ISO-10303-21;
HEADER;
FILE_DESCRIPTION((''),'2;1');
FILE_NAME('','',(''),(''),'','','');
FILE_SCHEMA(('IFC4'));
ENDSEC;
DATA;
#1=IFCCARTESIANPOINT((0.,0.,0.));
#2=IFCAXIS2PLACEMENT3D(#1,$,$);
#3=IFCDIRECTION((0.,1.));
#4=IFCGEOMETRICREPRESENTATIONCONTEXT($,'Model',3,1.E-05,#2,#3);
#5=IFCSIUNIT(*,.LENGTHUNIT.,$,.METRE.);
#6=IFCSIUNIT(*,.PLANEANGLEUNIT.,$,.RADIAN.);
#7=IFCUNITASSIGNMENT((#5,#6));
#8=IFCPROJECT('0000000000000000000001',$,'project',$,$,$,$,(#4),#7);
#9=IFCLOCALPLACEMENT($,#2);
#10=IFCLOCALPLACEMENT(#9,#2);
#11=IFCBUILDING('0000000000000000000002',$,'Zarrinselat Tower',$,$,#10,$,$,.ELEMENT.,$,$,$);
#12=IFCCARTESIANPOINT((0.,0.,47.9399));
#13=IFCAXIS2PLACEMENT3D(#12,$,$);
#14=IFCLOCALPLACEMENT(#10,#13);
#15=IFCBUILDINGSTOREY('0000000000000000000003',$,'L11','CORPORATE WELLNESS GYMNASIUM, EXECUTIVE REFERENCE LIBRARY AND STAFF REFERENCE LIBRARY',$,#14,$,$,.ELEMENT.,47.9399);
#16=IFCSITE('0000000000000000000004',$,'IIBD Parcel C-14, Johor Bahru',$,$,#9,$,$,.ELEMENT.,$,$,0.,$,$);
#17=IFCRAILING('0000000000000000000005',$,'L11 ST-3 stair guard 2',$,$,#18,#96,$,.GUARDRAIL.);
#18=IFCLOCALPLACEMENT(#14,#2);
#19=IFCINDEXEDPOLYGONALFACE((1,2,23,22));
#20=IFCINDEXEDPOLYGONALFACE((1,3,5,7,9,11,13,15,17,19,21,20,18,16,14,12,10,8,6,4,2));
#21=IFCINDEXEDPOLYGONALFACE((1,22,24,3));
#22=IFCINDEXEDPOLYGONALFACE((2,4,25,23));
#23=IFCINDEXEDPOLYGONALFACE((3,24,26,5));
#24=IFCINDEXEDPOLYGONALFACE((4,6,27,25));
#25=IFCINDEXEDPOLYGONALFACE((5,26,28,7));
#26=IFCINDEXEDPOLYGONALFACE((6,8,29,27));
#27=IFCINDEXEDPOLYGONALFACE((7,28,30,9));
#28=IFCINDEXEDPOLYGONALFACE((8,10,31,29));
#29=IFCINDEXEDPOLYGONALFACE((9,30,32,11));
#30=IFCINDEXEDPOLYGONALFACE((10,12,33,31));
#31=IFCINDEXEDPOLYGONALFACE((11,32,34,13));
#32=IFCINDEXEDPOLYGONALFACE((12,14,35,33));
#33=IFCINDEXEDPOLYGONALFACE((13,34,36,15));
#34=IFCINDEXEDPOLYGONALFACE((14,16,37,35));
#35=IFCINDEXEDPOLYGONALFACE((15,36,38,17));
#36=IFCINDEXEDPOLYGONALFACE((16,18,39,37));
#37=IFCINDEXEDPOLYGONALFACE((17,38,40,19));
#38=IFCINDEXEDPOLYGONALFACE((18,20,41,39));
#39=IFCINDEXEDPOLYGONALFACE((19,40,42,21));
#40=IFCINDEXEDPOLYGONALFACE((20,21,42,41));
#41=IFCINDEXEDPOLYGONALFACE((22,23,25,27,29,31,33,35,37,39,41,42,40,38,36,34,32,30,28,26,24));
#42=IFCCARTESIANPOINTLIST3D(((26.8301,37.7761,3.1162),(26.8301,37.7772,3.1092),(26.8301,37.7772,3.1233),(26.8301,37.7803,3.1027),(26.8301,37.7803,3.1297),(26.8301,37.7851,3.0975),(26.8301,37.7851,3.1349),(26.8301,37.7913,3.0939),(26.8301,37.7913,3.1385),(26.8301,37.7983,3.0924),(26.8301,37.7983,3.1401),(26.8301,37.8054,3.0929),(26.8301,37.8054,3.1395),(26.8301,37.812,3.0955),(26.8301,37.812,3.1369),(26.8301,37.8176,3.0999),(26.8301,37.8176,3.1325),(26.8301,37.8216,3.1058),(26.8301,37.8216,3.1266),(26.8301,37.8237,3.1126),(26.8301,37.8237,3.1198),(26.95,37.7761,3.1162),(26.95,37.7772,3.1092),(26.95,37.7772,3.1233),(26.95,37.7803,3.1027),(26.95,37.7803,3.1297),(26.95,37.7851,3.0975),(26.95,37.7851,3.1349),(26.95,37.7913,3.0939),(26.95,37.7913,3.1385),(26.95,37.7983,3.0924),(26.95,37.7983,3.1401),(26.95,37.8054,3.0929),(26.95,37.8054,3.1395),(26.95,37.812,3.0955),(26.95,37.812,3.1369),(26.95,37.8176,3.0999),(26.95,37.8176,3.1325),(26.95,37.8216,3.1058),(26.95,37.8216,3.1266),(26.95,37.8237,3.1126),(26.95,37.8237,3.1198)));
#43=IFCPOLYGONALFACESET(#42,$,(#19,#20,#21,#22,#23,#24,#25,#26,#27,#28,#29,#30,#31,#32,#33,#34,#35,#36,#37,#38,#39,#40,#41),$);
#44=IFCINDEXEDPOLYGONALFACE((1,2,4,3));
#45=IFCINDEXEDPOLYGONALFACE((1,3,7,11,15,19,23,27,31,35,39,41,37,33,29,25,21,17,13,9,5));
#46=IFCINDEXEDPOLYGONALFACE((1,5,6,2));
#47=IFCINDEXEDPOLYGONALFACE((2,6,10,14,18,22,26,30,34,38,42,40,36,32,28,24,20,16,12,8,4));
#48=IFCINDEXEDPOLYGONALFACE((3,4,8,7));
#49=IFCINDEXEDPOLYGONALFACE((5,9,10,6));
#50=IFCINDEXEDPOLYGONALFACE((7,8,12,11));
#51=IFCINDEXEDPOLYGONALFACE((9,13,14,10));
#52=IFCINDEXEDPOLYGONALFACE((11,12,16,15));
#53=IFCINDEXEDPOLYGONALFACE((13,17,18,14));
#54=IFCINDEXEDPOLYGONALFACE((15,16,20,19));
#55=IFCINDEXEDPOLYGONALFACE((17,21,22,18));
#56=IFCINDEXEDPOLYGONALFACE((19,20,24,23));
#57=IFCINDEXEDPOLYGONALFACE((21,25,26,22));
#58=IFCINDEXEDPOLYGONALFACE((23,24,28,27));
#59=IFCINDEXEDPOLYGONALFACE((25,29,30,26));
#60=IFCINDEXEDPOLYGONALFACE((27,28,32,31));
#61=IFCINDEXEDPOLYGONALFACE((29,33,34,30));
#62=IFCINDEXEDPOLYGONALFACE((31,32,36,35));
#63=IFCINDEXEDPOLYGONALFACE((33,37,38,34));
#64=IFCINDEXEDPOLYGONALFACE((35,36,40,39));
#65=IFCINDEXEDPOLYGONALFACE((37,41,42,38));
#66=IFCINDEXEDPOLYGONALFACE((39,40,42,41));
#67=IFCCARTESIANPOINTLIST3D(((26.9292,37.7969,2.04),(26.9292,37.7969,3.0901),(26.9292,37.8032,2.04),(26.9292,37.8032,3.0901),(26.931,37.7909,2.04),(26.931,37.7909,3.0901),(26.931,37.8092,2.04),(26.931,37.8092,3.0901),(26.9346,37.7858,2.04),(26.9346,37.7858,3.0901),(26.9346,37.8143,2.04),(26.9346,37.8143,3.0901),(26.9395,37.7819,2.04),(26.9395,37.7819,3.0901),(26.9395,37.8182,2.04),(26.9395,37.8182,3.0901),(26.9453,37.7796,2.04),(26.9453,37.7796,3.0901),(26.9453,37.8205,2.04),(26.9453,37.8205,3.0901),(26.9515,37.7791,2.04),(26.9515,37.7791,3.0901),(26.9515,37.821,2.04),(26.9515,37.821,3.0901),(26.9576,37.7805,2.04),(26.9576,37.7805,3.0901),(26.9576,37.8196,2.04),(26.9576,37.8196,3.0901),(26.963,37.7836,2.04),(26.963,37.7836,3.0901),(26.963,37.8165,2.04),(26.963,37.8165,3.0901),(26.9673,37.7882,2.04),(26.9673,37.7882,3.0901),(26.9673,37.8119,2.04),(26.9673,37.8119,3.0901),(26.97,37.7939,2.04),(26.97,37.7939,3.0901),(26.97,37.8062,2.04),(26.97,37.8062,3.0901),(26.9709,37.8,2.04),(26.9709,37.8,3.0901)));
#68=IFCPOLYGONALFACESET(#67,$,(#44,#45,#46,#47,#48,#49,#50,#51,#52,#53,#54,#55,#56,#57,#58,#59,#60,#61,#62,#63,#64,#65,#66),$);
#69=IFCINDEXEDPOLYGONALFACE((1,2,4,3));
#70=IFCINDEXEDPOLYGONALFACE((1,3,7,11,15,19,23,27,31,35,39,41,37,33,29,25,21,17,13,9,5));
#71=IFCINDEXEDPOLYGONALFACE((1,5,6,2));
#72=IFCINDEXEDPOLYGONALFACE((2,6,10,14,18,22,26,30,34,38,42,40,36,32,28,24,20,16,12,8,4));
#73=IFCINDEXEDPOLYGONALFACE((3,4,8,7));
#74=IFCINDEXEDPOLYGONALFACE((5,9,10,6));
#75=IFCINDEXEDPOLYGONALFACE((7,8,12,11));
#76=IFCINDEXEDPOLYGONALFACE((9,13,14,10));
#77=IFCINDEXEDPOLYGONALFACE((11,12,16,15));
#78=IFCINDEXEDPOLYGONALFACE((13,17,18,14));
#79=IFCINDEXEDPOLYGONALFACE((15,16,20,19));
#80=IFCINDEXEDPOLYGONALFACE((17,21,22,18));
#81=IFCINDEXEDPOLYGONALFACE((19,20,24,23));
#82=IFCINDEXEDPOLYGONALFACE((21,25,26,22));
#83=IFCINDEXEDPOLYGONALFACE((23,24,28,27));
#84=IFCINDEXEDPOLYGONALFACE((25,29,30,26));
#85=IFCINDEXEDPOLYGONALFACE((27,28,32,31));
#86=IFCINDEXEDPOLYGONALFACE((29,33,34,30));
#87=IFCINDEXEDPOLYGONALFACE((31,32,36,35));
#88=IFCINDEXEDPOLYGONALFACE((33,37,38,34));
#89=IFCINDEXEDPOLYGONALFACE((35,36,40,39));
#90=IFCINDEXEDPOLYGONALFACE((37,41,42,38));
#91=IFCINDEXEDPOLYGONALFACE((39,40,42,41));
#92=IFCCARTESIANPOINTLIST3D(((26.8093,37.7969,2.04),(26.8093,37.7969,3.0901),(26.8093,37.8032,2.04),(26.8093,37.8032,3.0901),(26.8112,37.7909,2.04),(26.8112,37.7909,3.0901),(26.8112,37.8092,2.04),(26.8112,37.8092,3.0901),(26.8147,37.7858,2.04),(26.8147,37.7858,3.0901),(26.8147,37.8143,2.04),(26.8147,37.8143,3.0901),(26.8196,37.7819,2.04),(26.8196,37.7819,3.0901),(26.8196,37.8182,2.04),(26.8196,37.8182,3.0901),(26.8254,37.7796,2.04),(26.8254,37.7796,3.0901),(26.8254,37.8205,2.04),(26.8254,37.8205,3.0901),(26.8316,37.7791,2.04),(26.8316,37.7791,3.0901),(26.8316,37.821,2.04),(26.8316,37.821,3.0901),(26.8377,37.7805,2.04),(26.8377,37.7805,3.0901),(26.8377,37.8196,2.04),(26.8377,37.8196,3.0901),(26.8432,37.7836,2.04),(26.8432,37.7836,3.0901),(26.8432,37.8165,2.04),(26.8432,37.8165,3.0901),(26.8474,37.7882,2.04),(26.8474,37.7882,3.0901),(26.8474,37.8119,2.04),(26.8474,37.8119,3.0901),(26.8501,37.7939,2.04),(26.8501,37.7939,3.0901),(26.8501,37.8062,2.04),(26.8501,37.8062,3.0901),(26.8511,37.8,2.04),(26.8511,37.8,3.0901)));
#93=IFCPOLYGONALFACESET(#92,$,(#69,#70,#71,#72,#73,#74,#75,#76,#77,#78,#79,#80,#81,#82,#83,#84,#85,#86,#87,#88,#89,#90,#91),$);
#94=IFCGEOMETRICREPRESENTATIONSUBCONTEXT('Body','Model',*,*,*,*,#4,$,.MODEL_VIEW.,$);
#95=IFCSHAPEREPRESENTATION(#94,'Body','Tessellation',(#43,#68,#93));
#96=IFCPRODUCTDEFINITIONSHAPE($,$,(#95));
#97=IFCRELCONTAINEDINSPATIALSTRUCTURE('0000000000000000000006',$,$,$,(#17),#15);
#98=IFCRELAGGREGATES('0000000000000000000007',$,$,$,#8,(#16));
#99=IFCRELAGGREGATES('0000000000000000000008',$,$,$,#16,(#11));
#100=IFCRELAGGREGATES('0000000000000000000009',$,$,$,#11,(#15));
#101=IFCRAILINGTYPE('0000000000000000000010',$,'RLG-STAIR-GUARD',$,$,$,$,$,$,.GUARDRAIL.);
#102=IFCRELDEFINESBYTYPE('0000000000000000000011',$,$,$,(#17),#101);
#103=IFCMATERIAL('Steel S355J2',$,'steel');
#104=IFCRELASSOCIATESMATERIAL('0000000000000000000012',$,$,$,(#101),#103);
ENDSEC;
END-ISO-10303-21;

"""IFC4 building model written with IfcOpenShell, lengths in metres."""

from ifc_helpers import new_model, si_unit, direction, frame, origin, origin_2d, place, context, subcontext, project, spatial, circle, extrude, material, type_object, element, save


model = new_model("IFC4")

# Units and contexts
model_context = context("Model", 3, precision=1e-05, world=origin(), true_north=direction((0.0, 1.0)))
body_context = subcontext(model_context, "Body", "Model", "MODEL_VIEW")
ifc_project = project(units=[si_unit("LENGTHUNIT", "METRE"), si_unit("PLANEANGLEUNIT", "RADIAN")], contexts=[model_context])

# Site, building, storey
site_placement = place(None, origin())
site = spatial("IfcSite", under=ifc_project, at=site_placement, Name="IIBD Parcel C-14, Johor Bahru", CompositionType="ELEMENT", RefElevation=0.0)
building_placement = place(site_placement, origin())
building = spatial("IfcBuilding", under=site, at=building_placement, Name="Zarrinselat Tower", CompositionType="ELEMENT")
storey_placement = place(building_placement, frame((0.0, 0.0, 47.9399)))
storey = spatial("IfcBuildingStorey", under=building, at=storey_placement, Name="L11", Description="CORPORATE WELLNESS GYMNASIUM, EXECUTIVE REFERENCE LIBRARY AND STAFF REFERENCE LIBRARY", CompositionType="ELEMENT", Elevation=47.9399)

# Railing
ifc_material_1 = material(Name="Steel S355J2", Category="steel")
railing_type_1 = type_object("IfcRailingType", Name="RLG-STAIR-GUARD", PredefinedType="GUARDRAIL", material=ifc_material_1)
railing_1_placement = place(storey_placement, frame((26.95, 37.8, 2.04)))
element("IfcRailing", 1, at=railing_1_placement, inside=storey, type_object=railing_type_1, Name="L11 ST-3 stair guard 2", PredefinedType="GUARDRAIL", context=body_context, shape_type="SweptSolid", body=[
    extrude(circle(Radius=0.0239, at=origin_2d()), frame((0.0, 0.0, 1.0762), z_axis=(-1.0, 0.0, 0.0), x_axis=(0.0, -1.0, 0.0)), (0.0, 0.0, 1.0), 0.1199),
    extrude(circle(Radius=0.021, at=origin_2d()), origin(), (0.0, 0.0, 1.0), 1.05),
    extrude(circle(Radius=0.021, at=origin_2d()), frame((-0.1199, 0.0, 0.0)), (0.0, 0.0, 1.0), 1.05),
])

save(model, "model.ifc")
